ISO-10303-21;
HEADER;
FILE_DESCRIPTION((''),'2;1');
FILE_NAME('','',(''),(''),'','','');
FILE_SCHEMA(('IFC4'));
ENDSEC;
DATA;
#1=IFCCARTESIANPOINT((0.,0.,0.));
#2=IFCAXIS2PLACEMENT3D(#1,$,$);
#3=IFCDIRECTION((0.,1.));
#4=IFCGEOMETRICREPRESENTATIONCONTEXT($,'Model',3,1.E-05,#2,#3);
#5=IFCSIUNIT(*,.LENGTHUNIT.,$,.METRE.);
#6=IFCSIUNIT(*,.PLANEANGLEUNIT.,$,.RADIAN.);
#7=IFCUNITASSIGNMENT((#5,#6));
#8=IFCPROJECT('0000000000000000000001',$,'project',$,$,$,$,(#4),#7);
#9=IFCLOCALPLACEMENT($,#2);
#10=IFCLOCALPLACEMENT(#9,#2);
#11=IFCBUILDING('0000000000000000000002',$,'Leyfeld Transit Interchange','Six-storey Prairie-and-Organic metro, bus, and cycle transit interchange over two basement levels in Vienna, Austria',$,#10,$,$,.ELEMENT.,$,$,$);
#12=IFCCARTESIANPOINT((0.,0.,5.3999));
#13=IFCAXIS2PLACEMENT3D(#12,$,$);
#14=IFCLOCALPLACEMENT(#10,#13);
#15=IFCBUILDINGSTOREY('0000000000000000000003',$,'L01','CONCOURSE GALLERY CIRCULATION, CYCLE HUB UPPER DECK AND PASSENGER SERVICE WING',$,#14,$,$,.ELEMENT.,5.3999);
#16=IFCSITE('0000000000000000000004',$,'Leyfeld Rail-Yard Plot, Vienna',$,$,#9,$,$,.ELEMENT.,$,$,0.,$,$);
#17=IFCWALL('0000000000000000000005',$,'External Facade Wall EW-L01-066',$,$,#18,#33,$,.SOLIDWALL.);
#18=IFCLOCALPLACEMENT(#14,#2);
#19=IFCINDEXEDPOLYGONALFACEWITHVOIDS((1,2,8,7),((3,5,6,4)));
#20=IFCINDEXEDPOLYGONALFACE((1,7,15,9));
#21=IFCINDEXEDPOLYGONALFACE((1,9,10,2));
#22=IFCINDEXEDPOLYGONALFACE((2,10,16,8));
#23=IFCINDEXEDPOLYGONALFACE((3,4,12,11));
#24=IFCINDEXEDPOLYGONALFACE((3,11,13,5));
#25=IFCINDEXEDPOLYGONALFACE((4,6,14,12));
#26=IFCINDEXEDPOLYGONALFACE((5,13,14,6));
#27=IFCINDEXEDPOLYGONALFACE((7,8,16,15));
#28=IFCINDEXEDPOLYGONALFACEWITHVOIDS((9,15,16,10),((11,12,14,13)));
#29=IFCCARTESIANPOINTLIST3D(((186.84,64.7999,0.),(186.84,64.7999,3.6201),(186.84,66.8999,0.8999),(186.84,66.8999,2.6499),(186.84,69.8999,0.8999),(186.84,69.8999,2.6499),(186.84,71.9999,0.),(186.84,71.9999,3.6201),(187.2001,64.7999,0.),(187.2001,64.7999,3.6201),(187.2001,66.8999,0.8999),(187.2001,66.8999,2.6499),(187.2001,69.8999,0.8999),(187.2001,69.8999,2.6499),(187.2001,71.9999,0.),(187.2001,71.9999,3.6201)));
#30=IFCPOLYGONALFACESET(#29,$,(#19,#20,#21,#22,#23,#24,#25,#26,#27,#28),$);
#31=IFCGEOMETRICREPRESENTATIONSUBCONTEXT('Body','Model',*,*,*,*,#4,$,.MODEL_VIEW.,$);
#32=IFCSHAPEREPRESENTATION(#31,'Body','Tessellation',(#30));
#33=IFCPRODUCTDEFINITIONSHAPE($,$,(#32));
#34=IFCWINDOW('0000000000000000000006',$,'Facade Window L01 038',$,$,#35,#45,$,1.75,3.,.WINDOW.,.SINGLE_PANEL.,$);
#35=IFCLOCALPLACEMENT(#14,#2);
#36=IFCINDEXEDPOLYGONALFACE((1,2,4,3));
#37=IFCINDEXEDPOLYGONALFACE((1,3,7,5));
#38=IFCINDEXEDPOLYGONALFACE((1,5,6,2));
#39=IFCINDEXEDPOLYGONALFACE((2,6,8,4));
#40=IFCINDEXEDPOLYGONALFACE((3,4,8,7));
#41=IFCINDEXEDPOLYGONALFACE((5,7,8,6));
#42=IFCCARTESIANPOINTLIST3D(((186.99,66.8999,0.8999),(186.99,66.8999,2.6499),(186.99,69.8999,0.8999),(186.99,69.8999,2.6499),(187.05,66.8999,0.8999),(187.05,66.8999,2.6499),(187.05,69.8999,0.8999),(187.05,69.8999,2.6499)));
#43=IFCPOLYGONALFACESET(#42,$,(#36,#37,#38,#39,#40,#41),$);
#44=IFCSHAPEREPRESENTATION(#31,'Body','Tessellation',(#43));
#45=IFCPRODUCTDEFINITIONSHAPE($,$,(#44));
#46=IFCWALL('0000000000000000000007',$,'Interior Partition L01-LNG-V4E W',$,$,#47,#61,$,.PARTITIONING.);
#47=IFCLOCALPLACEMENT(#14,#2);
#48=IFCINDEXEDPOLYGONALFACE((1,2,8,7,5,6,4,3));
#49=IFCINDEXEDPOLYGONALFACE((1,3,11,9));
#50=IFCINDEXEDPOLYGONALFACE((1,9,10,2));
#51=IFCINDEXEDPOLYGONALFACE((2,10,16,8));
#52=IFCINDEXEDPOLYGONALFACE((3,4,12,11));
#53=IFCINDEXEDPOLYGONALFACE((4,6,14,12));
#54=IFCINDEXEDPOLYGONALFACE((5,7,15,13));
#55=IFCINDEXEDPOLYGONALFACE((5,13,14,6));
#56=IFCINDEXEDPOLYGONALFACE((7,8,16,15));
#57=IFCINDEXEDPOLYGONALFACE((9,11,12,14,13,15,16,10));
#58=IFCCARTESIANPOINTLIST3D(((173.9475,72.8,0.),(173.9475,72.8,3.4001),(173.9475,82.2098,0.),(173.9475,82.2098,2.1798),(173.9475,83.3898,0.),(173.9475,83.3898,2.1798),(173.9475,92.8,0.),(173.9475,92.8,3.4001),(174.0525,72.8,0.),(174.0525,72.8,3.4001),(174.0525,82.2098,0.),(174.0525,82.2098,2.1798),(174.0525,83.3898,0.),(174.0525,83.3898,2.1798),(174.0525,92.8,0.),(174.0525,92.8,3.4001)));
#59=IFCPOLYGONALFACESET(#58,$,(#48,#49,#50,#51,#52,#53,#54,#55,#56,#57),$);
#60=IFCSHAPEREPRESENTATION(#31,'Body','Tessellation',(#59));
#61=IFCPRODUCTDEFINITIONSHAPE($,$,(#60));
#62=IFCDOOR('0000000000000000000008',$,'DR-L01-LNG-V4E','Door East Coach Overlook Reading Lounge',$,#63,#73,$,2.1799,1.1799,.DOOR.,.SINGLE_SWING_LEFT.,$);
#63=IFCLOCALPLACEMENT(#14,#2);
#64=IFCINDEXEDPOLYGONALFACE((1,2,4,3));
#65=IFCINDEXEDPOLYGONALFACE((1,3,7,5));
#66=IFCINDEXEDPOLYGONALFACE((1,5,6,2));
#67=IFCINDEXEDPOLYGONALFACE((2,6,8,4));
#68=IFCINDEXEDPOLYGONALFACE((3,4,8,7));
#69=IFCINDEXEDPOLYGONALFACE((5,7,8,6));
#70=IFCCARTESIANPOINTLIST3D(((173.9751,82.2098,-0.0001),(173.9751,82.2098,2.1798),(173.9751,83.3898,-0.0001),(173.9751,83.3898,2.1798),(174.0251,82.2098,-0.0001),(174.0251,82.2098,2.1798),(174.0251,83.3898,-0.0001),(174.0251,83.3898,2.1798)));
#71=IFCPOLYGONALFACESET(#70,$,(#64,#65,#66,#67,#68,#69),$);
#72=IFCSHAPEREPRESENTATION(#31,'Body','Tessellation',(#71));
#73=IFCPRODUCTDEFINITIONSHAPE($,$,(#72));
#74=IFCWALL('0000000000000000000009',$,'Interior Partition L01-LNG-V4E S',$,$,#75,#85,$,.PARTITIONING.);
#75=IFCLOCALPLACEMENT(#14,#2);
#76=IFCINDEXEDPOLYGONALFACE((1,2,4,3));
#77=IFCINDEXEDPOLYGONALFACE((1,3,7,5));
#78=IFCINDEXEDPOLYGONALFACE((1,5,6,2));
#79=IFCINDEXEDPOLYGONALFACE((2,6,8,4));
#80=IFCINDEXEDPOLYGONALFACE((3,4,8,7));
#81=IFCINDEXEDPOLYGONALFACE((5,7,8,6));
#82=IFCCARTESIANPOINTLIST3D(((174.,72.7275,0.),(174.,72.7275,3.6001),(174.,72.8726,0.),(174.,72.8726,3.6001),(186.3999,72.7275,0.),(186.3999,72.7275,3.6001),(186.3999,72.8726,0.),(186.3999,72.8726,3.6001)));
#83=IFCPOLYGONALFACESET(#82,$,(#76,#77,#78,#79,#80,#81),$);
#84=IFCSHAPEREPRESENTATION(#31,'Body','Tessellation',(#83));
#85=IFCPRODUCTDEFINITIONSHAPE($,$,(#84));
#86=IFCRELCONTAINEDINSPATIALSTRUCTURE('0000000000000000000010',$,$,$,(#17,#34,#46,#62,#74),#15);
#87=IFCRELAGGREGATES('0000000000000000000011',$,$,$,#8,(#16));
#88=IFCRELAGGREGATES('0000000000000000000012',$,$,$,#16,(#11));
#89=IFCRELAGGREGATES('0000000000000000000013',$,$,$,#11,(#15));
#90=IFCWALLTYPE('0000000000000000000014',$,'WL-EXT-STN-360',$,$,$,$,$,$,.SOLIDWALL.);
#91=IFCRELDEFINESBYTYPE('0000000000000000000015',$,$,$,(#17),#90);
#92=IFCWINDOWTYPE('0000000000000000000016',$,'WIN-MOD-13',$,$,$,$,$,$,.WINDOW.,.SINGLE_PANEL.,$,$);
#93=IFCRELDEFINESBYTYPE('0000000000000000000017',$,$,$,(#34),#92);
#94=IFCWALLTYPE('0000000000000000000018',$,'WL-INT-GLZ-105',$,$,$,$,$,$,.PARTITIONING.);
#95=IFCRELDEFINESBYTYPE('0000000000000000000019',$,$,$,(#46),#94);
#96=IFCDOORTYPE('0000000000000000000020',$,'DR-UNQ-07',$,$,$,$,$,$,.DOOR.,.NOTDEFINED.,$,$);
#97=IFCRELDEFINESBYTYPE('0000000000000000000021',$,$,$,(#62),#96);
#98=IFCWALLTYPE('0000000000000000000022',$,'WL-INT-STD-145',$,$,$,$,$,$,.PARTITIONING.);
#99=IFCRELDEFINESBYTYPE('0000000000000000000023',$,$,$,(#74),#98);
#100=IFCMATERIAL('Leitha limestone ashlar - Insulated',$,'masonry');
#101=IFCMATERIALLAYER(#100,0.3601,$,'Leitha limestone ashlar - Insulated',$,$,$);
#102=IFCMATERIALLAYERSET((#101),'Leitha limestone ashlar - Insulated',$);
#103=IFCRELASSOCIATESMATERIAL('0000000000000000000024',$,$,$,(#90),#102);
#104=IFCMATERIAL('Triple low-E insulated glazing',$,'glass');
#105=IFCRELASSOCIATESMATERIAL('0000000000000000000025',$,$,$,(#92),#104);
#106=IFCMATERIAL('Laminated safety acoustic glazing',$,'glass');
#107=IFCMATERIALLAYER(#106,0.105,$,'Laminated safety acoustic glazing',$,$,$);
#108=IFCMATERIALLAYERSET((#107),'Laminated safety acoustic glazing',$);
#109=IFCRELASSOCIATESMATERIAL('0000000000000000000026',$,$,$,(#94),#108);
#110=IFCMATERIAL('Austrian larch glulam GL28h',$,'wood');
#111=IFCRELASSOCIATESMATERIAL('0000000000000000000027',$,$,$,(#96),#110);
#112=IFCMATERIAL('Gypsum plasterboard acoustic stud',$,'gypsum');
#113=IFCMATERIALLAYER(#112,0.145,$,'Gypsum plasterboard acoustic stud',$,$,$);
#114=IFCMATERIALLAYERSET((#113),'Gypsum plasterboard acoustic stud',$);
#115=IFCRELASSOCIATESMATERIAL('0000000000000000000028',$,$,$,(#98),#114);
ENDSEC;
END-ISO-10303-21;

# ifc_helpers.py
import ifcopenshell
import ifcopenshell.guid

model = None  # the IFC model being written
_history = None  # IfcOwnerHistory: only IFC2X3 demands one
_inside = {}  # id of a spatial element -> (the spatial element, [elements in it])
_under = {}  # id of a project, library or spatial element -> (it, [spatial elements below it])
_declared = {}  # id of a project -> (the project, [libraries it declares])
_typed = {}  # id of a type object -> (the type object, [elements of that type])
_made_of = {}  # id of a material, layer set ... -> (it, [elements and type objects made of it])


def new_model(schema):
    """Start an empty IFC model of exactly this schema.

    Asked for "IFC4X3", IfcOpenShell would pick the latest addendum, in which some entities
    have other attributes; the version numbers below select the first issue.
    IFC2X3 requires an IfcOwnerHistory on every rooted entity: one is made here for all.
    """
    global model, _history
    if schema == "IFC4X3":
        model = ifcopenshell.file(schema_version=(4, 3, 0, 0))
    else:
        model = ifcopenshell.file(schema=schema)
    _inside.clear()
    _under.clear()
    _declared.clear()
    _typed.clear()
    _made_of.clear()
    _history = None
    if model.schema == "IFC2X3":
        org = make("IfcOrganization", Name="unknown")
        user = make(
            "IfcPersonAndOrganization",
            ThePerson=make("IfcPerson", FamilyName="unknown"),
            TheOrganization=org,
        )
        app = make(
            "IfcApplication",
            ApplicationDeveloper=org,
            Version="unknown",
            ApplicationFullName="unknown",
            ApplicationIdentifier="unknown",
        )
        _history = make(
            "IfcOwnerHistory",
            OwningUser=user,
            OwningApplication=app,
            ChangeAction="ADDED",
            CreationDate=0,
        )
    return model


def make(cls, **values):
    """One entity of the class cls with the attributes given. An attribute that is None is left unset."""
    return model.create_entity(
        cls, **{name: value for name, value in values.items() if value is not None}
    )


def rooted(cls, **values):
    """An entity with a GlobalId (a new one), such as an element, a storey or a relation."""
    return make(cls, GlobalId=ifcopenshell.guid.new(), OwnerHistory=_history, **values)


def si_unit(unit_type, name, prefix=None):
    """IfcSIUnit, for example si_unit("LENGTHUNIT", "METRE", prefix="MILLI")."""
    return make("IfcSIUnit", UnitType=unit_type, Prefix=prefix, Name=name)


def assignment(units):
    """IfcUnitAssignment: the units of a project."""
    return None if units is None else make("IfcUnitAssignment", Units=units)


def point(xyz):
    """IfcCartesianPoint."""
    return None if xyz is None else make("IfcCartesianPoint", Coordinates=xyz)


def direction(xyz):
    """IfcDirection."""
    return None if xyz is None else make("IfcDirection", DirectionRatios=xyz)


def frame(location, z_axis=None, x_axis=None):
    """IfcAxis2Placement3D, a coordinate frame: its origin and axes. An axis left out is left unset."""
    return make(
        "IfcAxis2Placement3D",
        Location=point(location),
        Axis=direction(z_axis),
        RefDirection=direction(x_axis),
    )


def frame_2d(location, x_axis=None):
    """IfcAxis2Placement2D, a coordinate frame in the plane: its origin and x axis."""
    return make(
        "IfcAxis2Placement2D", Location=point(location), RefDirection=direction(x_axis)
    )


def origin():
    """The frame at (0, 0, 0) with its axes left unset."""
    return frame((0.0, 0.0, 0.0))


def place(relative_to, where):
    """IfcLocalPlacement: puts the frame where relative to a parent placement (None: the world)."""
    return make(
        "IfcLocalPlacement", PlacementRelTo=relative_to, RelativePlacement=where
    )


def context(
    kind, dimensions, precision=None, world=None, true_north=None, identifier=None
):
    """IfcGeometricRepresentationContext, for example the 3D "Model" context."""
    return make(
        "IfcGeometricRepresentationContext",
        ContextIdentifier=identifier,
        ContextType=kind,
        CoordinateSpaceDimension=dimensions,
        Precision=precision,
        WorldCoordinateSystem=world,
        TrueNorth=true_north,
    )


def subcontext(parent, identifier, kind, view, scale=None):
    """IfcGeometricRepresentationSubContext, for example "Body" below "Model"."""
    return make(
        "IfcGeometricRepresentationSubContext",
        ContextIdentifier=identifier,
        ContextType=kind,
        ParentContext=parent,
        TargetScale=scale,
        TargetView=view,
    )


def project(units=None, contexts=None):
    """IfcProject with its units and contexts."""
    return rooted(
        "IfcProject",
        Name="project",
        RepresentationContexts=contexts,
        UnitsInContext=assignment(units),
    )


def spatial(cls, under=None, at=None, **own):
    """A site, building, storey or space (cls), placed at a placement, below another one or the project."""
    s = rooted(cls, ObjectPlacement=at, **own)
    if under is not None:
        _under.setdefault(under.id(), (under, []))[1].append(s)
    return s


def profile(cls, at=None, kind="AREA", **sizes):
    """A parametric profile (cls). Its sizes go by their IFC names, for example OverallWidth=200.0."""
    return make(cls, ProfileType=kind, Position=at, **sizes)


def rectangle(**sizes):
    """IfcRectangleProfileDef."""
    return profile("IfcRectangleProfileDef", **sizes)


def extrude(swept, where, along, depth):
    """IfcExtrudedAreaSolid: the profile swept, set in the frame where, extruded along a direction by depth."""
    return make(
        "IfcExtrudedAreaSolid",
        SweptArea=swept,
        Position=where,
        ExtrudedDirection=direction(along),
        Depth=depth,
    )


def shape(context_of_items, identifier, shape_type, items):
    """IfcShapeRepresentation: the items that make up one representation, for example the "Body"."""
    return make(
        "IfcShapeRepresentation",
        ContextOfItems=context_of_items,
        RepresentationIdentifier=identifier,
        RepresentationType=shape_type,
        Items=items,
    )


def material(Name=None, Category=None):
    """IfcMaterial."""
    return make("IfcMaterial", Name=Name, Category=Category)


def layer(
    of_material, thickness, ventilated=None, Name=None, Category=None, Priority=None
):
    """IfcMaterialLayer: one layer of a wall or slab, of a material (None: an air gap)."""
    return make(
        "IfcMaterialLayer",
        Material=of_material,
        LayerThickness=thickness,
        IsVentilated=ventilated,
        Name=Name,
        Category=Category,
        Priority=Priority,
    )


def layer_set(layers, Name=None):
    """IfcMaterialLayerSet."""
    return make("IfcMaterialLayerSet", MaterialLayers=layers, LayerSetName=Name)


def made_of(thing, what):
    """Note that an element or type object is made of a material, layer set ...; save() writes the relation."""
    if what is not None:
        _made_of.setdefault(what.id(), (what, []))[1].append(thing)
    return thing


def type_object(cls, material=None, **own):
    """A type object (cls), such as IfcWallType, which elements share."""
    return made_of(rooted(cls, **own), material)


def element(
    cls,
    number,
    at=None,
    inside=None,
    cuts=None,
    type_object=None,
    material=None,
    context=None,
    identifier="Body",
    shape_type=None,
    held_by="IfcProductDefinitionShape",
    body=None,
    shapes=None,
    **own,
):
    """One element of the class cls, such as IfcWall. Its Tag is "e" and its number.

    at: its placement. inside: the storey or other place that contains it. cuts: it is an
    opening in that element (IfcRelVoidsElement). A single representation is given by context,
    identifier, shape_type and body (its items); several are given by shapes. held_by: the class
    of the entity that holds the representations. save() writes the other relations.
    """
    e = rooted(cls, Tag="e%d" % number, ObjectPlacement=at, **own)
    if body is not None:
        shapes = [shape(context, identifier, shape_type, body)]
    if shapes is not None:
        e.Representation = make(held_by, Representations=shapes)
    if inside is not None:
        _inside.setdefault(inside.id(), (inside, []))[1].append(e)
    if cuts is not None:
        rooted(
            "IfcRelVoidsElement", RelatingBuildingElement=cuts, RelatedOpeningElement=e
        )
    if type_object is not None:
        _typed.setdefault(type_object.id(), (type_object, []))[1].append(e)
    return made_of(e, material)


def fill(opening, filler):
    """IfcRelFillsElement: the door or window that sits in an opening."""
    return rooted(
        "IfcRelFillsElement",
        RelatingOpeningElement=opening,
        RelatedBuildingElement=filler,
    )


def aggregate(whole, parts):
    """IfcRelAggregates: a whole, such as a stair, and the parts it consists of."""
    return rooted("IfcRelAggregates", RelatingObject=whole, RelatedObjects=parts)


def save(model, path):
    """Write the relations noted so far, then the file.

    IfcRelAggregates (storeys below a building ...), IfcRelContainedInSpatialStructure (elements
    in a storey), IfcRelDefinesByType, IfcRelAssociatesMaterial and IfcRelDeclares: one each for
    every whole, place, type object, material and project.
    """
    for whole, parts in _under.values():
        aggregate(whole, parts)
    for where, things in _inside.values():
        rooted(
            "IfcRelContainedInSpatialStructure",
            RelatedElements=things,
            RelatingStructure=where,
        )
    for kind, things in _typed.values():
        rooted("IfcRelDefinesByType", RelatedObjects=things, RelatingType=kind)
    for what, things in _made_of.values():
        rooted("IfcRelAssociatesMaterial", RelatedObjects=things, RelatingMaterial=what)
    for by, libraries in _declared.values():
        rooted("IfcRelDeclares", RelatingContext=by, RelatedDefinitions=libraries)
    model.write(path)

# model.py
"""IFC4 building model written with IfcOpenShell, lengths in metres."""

from ifc_helpers import new_model, si_unit, direction, frame, frame_2d, origin, place, context, subcontext, project, spatial, rectangle, extrude, material, layer, layer_set, type_object, element, fill, save


model = new_model("IFC4")

# Units and contexts
model_context = context("Model", 3, precision=1e-05, world=origin(), true_north=direction((0.0, 1.0)))
body_context = subcontext(model_context, "Body", "Model", "MODEL_VIEW")
ifc_project = project(units=[si_unit("LENGTHUNIT", "METRE"), si_unit("PLANEANGLEUNIT", "RADIAN")], contexts=[model_context])

# Site, building, storey
site_placement = place(None, origin())
site = spatial("IfcSite", under=ifc_project, at=site_placement, Name="Leyfeld Rail-Yard Plot, Vienna", CompositionType="ELEMENT", RefElevation=0.0)
building_placement = place(site_placement, origin())
building = spatial("IfcBuilding", under=site, at=building_placement, Name="Leyfeld Transit Interchange", Description="Six-storey Prairie-and-Organic metro, bus, and cycle transit interchange over two basement levels in Vienna, Austria", CompositionType="ELEMENT")
storey_placement = place(building_placement, frame((0.0, 0.0, 5.3999)))
storey = spatial("IfcBuildingStorey", under=building, at=storey_placement, Name="L01", Description="CONCOURSE GALLERY CIRCULATION, CYCLE HUB UPPER DECK AND PASSENGER SERVICE WING", CompositionType="ELEMENT", Elevation=5.3999)

# Shared definitions
ifc_material_1 = material(Name="Laminated safety acoustic glazing", Category="glass")

# Wall, opening, window
ifc_material_2 = material(Name="Leitha limestone ashlar - Insulated", Category="masonry")
ifc_layer_1 = layer(ifc_material_2, 0.3601, Name="Leitha limestone ashlar - Insulated")
ifc_layer_set_1 = layer_set([ifc_layer_1], Name="Leitha limestone ashlar - Insulated")
wall_type_1 = type_object("IfcWallType", Name="WL-EXT-STN-360", PredefinedType="SOLIDWALL", material=ifc_layer_set_1)
wall_1_placement = place(storey_placement, frame((187.02, 72.0, 0.0), z_axis=(0.0, 0.0, 1.0), x_axis=(0.0, -1.0, 0.0)))
wall_1 = element("IfcWall", 1, at=wall_1_placement, inside=storey, type_object=wall_type_1, Name="External Facade Wall EW-L01-066", PredefinedType="SOLIDWALL", context=body_context, shape_type="SweptSolid", body=[
    extrude(rectangle(XDim=7.2, YDim=0.3601, at=frame_2d((3.6001, 0.0))), origin(), (0.0, 0.0, 1.0), 3.6201),
])
opening_1_placement = place(wall_1_placement, frame((2.1001, 0.0, 0.8999)))
opening_1 = element("IfcOpeningElement", 2, at=opening_1_placement, cuts=wall_1, PredefinedType="OPENING", context=body_context, shape_type="SweptSolid", body=[
    extrude(rectangle(XDim=3.0, YDim=1.75, at=frame_2d((1.5, 0.875))), frame((0.0, 0.1899, 0.0), z_axis=(0.0, -1.0, 0.0), x_axis=(1.0, 0.0, 0.0)), (0.0, 0.0, 1.0), 0.3801),
])
ifc_material_3 = material(Name="Triple low-E insulated glazing", Category="glass")
window_type = type_object("IfcWindowType", Name="WIN-MOD-13", PartitioningType="SINGLE_PANEL", PredefinedType="WINDOW", material=ifc_material_3)
window_placement = place(opening_1_placement, origin())
window = element("IfcWindow", 3, at=window_placement, inside=storey, type_object=window_type, Name="Facade Window L01 038", OverallHeight=1.75, OverallWidth=3.0, PartitioningType="SINGLE_PANEL", PredefinedType="WINDOW", context=body_context, shape_type="SweptSolid", body=[
    extrude(rectangle(XDim=3.0, YDim=1.75, at=frame_2d((1.5, 0.875))), frame((0.0, 0.03, 0.0), z_axis=(0.0, -1.0, 0.0), x_axis=(1.0, 0.0, 0.0)), (0.0, 0.0, 1.0), 0.0601),
])
fill(opening_1, window)

# Wall, opening, door
ifc_layer_2 = layer(ifc_material_1, 0.105, Name="Laminated safety acoustic glazing")
ifc_layer_set_2 = layer_set([ifc_layer_2], Name="Laminated safety acoustic glazing")
wall_type_2 = type_object("IfcWallType", Name="WL-INT-GLZ-105", PredefinedType="PARTITIONING", material=ifc_layer_set_2)
wall_2_placement = place(storey_placement, frame((174.0, 72.8, 0.0), z_axis=(0.0, 0.0, 1.0), x_axis=(0.0, 1.0, 0.0)))
wall_2 = element("IfcWall", 4, at=wall_2_placement, inside=storey, type_object=wall_type_2, Name="Interior Partition L01-LNG-V4E W", PredefinedType="PARTITIONING", context=body_context, shape_type="SweptSolid", body=[
    extrude(rectangle(XDim=20.0, YDim=0.105, at=frame_2d((10.0, 0.0))), origin(), (0.0, 0.0, 1.0), 3.4001),
])
opening_2_placement = place(wall_2_placement, frame((9.4099, 0.0, 0.0)))
opening_2 = element("IfcOpeningElement", 5, at=opening_2_placement, cuts=wall_2, PredefinedType="OPENING", context=body_context, shape_type="SweptSolid", body=[
    extrude(rectangle(XDim=1.1799, YDim=2.1799, at=frame_2d((0.5898, 1.0898))), frame((0.0, 0.0625, 0.0), z_axis=(0.0, -1.0, 0.0), x_axis=(1.0, 0.0, 0.0)), (0.0, 0.0, 1.0), 0.125),
])
ifc_material_4 = material(Name="Austrian larch glulam GL28h", Category="wood")
door_type = type_object("IfcDoorType", Name="DR-UNQ-07", OperationType="NOTDEFINED", PredefinedType="DOOR", material=ifc_material_4)
door_placement = place(opening_2_placement, origin())
door = element("IfcDoor", 6, at=door_placement, inside=storey, type_object=door_type, Name="DR-L01-LNG-V4E", Description="Door East Coach Overlook Reading Lounge", OperationType="SINGLE_SWING_LEFT", OverallHeight=2.1799, OverallWidth=1.1799, PredefinedType="DOOR", context=body_context, shape_type="SweptSolid", body=[
    extrude(rectangle(XDim=1.1799, YDim=2.1799, at=frame_2d((0.5898, 1.0898))), frame((0.0, 0.0249, 0.0), z_axis=(0.0, -1.0, 0.0), x_axis=(1.0, 0.0, 0.0)), (0.0, 0.0, 1.0), 0.05),
])
fill(opening_2, door)

# Wall
ifc_material_5 = material(Name="Gypsum plasterboard acoustic stud", Category="gypsum")
ifc_layer_3 = layer(ifc_material_5, 0.145, Name="Gypsum plasterboard acoustic stud")
ifc_layer_set_3 = layer_set([ifc_layer_3], Name="Gypsum plasterboard acoustic stud")
wall_type_3 = type_object("IfcWallType", Name="WL-INT-STD-145", PredefinedType="PARTITIONING", material=ifc_layer_set_3)
wall_3_placement = place(storey_placement, frame((186.3999, 72.8, 0.0), z_axis=(0.0, 0.0, 1.0), x_axis=(-1.0, 0.0, 0.0)))
element("IfcWall", 7, at=wall_3_placement, inside=storey, type_object=wall_type_3, Name="Interior Partition L01-LNG-V4E S", PredefinedType="PARTITIONING", context=body_context, shape_type="SweptSolid", body=[
    extrude(rectangle(XDim=12.3999, YDim=0.145, at=frame_2d((6.2, 0.0))), origin(), (0.0, 0.0, 1.0), 3.6001),
])

save(model, "model.ifc")
